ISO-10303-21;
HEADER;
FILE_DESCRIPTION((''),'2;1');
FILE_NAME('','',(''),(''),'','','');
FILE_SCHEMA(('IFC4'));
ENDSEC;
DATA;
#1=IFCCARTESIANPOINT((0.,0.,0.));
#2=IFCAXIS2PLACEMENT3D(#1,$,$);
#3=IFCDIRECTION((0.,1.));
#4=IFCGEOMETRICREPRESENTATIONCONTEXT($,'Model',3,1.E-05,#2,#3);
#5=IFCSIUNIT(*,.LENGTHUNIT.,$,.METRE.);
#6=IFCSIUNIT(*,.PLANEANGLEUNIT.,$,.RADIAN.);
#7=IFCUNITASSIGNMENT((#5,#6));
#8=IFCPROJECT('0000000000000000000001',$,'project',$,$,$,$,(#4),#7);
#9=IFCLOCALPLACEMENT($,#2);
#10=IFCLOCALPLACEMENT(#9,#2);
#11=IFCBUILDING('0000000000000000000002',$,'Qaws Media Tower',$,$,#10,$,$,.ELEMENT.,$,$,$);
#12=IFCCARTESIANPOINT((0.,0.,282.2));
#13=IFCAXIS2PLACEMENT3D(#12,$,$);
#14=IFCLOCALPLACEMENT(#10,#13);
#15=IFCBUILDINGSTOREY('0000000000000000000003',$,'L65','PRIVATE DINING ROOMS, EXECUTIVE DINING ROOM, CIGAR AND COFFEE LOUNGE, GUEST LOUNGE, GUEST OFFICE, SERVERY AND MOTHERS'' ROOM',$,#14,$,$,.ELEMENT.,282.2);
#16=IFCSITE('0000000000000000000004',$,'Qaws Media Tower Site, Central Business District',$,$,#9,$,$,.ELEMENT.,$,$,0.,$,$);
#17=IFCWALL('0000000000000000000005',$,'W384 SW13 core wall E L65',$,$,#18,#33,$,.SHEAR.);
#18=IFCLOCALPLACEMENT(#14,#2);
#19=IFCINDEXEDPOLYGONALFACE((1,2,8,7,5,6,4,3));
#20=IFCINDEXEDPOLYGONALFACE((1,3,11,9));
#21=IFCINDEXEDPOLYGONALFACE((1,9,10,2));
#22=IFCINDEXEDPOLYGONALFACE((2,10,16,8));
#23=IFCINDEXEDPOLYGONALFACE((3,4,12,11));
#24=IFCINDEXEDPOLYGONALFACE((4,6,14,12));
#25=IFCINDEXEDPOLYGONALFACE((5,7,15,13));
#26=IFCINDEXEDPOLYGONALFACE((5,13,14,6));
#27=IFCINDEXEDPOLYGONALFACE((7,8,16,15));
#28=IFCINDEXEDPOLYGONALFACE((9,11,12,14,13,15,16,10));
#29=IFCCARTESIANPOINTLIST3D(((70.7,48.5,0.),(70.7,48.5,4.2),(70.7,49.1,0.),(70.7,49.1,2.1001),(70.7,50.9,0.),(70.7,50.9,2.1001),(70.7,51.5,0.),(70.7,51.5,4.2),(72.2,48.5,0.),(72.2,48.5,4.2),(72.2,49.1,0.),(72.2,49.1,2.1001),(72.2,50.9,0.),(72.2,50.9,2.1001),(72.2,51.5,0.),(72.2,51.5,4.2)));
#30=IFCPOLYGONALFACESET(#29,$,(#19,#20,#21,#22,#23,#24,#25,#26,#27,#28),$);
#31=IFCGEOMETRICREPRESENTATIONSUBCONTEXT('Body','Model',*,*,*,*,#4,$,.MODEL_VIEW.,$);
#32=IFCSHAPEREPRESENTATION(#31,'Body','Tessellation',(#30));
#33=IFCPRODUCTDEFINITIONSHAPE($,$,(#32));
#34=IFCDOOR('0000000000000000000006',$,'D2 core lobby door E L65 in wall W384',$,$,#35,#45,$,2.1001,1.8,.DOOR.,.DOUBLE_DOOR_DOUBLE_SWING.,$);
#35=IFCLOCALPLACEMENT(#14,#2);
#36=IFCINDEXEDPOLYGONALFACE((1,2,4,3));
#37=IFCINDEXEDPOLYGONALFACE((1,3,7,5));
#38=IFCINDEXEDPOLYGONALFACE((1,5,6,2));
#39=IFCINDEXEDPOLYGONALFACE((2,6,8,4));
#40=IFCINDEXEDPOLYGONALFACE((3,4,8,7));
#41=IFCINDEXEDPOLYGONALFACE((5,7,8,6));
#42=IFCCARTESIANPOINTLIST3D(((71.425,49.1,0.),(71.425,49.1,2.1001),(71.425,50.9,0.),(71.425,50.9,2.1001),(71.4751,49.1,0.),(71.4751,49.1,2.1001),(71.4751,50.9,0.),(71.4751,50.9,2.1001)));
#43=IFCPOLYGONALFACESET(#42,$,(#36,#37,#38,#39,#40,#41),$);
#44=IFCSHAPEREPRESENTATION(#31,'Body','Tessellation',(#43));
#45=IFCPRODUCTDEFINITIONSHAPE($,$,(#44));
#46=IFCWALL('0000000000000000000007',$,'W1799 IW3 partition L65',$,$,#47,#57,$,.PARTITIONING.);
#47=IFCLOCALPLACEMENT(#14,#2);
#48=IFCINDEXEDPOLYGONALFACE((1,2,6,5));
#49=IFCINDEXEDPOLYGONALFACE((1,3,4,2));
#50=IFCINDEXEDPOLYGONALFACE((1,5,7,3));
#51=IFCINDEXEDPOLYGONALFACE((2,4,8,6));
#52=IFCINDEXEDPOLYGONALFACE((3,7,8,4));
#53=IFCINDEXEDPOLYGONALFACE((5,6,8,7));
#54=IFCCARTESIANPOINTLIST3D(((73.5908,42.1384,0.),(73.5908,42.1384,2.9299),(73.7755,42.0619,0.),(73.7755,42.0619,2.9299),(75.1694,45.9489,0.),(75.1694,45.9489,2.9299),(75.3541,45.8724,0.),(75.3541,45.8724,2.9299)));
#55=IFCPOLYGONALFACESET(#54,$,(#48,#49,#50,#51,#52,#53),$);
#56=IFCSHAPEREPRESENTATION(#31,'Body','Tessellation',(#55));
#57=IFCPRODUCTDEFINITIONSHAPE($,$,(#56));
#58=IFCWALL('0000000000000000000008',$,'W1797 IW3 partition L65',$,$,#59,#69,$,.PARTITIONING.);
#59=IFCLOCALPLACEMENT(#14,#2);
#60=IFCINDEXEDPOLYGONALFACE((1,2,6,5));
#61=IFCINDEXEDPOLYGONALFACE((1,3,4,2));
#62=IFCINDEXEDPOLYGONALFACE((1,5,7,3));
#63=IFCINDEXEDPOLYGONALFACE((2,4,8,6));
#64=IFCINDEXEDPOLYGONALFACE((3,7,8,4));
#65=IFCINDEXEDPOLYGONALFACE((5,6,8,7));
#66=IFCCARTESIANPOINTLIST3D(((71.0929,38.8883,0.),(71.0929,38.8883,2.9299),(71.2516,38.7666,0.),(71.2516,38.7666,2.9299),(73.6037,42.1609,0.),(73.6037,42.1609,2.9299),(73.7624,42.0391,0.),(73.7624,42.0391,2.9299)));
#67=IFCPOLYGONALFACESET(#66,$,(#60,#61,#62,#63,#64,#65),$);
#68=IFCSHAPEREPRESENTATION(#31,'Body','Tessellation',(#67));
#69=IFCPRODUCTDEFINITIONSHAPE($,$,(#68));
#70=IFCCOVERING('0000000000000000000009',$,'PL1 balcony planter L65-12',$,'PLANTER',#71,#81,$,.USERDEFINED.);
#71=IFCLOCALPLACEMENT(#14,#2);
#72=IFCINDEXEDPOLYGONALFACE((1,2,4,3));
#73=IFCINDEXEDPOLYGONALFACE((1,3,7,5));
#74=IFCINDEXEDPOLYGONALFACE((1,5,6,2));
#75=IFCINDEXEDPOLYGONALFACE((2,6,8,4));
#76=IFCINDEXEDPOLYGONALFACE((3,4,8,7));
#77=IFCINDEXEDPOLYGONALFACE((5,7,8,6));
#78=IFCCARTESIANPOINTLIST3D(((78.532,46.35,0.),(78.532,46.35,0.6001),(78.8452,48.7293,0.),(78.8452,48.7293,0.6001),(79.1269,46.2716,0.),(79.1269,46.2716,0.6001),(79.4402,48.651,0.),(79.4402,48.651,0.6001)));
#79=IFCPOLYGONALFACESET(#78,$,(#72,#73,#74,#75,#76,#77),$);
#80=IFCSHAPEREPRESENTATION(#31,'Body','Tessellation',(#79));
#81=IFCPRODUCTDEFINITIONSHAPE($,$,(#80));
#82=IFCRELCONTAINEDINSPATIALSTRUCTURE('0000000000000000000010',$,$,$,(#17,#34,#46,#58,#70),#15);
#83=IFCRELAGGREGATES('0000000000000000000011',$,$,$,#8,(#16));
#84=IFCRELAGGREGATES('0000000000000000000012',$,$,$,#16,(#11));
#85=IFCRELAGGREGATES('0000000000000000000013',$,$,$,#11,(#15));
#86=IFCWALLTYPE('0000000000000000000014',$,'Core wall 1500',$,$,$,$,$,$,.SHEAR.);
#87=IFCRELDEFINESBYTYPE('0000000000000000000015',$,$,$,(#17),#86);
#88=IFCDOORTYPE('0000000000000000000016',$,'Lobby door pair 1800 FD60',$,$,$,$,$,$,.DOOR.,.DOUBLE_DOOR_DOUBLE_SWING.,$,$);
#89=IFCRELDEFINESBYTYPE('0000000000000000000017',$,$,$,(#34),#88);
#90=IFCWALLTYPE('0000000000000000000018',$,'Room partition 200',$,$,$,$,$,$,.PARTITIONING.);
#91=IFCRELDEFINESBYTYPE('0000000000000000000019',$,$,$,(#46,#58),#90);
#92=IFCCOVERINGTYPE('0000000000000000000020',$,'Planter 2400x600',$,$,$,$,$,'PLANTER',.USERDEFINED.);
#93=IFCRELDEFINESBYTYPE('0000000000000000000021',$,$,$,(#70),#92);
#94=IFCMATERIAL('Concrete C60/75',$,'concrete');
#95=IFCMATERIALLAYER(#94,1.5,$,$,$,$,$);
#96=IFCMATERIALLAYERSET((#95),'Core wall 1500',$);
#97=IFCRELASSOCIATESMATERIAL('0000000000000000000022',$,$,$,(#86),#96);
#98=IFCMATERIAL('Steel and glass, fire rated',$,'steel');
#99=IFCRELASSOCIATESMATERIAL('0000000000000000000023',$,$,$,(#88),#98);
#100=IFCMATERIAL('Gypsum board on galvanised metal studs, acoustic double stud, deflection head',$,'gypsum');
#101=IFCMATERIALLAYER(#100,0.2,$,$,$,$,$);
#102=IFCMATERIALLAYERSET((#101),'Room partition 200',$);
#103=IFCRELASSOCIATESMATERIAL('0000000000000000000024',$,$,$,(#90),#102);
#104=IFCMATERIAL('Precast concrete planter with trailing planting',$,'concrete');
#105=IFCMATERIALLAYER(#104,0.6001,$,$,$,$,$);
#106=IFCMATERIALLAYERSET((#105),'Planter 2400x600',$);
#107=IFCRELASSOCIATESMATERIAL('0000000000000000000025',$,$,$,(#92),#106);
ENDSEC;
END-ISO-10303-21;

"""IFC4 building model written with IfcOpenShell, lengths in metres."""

from ifc_helpers import new_model, si_unit, direction, frame, frame_2d, origin, origin_2d, place, context, subcontext, project, spatial, rectangle, extrude, material, layer, layer_set, type_object, element, fill, save


model = new_model("IFC4")

# Units and contexts
model_context = context("Model", 3, precision=1e-05, world=origin(), true_north=direction((0.0, 1.0)))
body_context = subcontext(model_context, "Body", "Model", "MODEL_VIEW")
ifc_project = project(units=[si_unit("LENGTHUNIT", "METRE"), si_unit("PLANEANGLEUNIT", "RADIAN")], contexts=[model_context])

# Site, building, storey
site_placement = place(None, origin())
site = spatial("IfcSite", under=ifc_project, at=site_placement, Name="Qaws Media Tower Site, Central Business District", CompositionType="ELEMENT", RefElevation=0.0)
building_placement = place(site_placement, origin())
building = spatial("IfcBuilding", under=site, at=building_placement, Name="Qaws Media Tower", CompositionType="ELEMENT")
storey_placement = place(building_placement, frame((0.0, 0.0, 282.2)))
storey = spatial("IfcBuildingStorey", under=building, at=storey_placement, Name="L65", Description="PRIVATE DINING ROOMS, EXECUTIVE DINING ROOM, CIGAR AND COFFEE LOUNGE, GUEST LOUNGE, GUEST OFFICE, SERVERY AND MOTHERS' ROOM", CompositionType="ELEMENT", Elevation=282.2)

# Shared definitions
ifc_material_1 = material(Name="Concrete C60/75", Category="concrete")
ifc_layer_1 = layer(ifc_material_1, 1.5)
ifc_layer_set_1 = layer_set([ifc_layer_1], Name="Core wall 1500")
wall_type_1 = type_object("IfcWallType", Name="Core wall 1500", PredefinedType="SHEAR", material=ifc_layer_set_1)

# Wall, opening, door
wall_1_placement = place(storey_placement, frame((71.45, 48.5, 0.0), z_axis=(0.0, 0.0, 1.0), x_axis=(0.0, 1.0, 0.0)))
wall_1 = element("IfcWall", 1, at=wall_1_placement, inside=storey, type_object=wall_type_1, Name="W384 SW13 core wall E L65", PredefinedType="SHEAR", context=body_context, shape_type="SweptSolid", body=[
    extrude(rectangle(XDim=3.0, YDim=1.5, at=frame_2d((1.5, 0.0))), origin(), (0.0, 0.0, 1.0), 4.2),
])
opening_placement = place(wall_1_placement, frame((0.6001, 0.0, 0.0)))
opening = element("IfcOpeningElement", 2, at=opening_placement, cuts=wall_1, PredefinedType="OPENING", context=body_context, shape_type="SweptSolid", body=[
    extrude(rectangle(XDim=1.8, YDim=2.1001, at=frame_2d((0.8999, 1.05))), frame((0.0, 0.76, 0.0), z_axis=(0.0, -1.0, 0.0), x_axis=(1.0, 0.0, 0.0)), (0.0, 0.0, 1.0), 1.52),
])
ifc_material_2 = material(Name="Steel and glass, fire rated", Category="steel")
door_type = type_object("IfcDoorType", Name="Lobby door pair 1800 FD60", OperationType="DOUBLE_DOOR_DOUBLE_SWING", PredefinedType="DOOR", material=ifc_material_2)
door_placement = place(opening_placement, origin())
door = element("IfcDoor", 3, at=door_placement, inside=storey, type_object=door_type, Name="D2 core lobby door E L65 in wall W384", OperationType="DOUBLE_DOOR_DOUBLE_SWING", OverallHeight=2.1001, OverallWidth=1.8, PredefinedType="DOOR", context=body_context, shape_type="SweptSolid", body=[
    extrude(rectangle(XDim=1.8, YDim=2.1001, at=frame_2d((0.8999, 1.05))), frame((0.0, 0.0249, 0.0), z_axis=(0.0, -1.0, 0.0), x_axis=(1.0, 0.0, 0.0)), (0.0, 0.0, 1.0), 0.05),
])
fill(opening, door)

# Walls
ifc_material_3 = material(Name="Gypsum board on galvanised metal studs, acoustic double stud, deflection head", Category="gypsum")
ifc_layer_2 = layer(ifc_material_3, 0.2)
ifc_layer_set_2 = layer_set([ifc_layer_2], Name="Room partition 200")
wall_type_2 = type_object("IfcWallType", Name="Room partition 200", PredefinedType="PARTITIONING", material=ifc_layer_set_2)
wall_2_placement = place(storey_placement, frame((75.2617, 45.9106, 0.0), z_axis=(0.0, 0.0, 1.0), x_axis=(-0.382732, -0.92386, 0.0)))
element("IfcWall", 4, at=wall_2_placement, inside=storey, type_object=wall_type_2, Name="W1799 IW3 partition L65", PredefinedType="PARTITIONING", context=body_context, shape_type="SweptSolid", body=[
    extrude(rectangle(XDim=4.1245, YDim=0.2, at=frame_2d((2.0623, 0.0))), origin(), (0.0, 0.0, 1.0), 2.9299),
])
wall_3_placement = place(storey_placement, frame((73.6831, 42.1001, 0.0), z_axis=(0.0, 0.0, 1.0), x_axis=(-0.608715, -0.793389, 0.0)))
element("IfcWall", 5, at=wall_3_placement, inside=storey, type_object=wall_type_2, Name="W1797 IW3 partition L65", PredefinedType="PARTITIONING", context=body_context, shape_type="SweptSolid", body=[
    extrude(rectangle(XDim=4.1248, YDim=0.2, at=frame_2d((2.0625, 0.0))), origin(), (0.0, 0.0, 1.0), 2.9299),
])

# Covering
ifc_material_4 = material(Name="Precast concrete planter with trailing planting", Category="concrete")
ifc_layer_3 = layer(ifc_material_4, 0.6001)
ifc_layer_set_3 = layer_set([ifc_layer_3], Name="Planter 2400x600")
covering_type = type_object("IfcCoveringType", Name="Planter 2400x600", ElementType="PLANTER", PredefinedType="USERDEFINED", material=ifc_layer_set_3)
covering_placement = place(storey_placement, frame((78.9861, 47.5005, 0.0), z_axis=(0.0, 0.0, 1.0), x_axis=(0.130526, 0.991445, 0.0)))
element("IfcCovering", 6, at=covering_placement, inside=storey, type_object=covering_type, Name="PL1 balcony planter L65-12", ObjectType="PLANTER", PredefinedType="USERDEFINED", context=body_context, shape_type="SweptSolid", body=[
    extrude(rectangle(XDim=2.3999, YDim=0.6001, at=origin_2d()), origin(), (0.0, 0.0, 1.0), 0.6001),
])

save(model, "model.ifc")
